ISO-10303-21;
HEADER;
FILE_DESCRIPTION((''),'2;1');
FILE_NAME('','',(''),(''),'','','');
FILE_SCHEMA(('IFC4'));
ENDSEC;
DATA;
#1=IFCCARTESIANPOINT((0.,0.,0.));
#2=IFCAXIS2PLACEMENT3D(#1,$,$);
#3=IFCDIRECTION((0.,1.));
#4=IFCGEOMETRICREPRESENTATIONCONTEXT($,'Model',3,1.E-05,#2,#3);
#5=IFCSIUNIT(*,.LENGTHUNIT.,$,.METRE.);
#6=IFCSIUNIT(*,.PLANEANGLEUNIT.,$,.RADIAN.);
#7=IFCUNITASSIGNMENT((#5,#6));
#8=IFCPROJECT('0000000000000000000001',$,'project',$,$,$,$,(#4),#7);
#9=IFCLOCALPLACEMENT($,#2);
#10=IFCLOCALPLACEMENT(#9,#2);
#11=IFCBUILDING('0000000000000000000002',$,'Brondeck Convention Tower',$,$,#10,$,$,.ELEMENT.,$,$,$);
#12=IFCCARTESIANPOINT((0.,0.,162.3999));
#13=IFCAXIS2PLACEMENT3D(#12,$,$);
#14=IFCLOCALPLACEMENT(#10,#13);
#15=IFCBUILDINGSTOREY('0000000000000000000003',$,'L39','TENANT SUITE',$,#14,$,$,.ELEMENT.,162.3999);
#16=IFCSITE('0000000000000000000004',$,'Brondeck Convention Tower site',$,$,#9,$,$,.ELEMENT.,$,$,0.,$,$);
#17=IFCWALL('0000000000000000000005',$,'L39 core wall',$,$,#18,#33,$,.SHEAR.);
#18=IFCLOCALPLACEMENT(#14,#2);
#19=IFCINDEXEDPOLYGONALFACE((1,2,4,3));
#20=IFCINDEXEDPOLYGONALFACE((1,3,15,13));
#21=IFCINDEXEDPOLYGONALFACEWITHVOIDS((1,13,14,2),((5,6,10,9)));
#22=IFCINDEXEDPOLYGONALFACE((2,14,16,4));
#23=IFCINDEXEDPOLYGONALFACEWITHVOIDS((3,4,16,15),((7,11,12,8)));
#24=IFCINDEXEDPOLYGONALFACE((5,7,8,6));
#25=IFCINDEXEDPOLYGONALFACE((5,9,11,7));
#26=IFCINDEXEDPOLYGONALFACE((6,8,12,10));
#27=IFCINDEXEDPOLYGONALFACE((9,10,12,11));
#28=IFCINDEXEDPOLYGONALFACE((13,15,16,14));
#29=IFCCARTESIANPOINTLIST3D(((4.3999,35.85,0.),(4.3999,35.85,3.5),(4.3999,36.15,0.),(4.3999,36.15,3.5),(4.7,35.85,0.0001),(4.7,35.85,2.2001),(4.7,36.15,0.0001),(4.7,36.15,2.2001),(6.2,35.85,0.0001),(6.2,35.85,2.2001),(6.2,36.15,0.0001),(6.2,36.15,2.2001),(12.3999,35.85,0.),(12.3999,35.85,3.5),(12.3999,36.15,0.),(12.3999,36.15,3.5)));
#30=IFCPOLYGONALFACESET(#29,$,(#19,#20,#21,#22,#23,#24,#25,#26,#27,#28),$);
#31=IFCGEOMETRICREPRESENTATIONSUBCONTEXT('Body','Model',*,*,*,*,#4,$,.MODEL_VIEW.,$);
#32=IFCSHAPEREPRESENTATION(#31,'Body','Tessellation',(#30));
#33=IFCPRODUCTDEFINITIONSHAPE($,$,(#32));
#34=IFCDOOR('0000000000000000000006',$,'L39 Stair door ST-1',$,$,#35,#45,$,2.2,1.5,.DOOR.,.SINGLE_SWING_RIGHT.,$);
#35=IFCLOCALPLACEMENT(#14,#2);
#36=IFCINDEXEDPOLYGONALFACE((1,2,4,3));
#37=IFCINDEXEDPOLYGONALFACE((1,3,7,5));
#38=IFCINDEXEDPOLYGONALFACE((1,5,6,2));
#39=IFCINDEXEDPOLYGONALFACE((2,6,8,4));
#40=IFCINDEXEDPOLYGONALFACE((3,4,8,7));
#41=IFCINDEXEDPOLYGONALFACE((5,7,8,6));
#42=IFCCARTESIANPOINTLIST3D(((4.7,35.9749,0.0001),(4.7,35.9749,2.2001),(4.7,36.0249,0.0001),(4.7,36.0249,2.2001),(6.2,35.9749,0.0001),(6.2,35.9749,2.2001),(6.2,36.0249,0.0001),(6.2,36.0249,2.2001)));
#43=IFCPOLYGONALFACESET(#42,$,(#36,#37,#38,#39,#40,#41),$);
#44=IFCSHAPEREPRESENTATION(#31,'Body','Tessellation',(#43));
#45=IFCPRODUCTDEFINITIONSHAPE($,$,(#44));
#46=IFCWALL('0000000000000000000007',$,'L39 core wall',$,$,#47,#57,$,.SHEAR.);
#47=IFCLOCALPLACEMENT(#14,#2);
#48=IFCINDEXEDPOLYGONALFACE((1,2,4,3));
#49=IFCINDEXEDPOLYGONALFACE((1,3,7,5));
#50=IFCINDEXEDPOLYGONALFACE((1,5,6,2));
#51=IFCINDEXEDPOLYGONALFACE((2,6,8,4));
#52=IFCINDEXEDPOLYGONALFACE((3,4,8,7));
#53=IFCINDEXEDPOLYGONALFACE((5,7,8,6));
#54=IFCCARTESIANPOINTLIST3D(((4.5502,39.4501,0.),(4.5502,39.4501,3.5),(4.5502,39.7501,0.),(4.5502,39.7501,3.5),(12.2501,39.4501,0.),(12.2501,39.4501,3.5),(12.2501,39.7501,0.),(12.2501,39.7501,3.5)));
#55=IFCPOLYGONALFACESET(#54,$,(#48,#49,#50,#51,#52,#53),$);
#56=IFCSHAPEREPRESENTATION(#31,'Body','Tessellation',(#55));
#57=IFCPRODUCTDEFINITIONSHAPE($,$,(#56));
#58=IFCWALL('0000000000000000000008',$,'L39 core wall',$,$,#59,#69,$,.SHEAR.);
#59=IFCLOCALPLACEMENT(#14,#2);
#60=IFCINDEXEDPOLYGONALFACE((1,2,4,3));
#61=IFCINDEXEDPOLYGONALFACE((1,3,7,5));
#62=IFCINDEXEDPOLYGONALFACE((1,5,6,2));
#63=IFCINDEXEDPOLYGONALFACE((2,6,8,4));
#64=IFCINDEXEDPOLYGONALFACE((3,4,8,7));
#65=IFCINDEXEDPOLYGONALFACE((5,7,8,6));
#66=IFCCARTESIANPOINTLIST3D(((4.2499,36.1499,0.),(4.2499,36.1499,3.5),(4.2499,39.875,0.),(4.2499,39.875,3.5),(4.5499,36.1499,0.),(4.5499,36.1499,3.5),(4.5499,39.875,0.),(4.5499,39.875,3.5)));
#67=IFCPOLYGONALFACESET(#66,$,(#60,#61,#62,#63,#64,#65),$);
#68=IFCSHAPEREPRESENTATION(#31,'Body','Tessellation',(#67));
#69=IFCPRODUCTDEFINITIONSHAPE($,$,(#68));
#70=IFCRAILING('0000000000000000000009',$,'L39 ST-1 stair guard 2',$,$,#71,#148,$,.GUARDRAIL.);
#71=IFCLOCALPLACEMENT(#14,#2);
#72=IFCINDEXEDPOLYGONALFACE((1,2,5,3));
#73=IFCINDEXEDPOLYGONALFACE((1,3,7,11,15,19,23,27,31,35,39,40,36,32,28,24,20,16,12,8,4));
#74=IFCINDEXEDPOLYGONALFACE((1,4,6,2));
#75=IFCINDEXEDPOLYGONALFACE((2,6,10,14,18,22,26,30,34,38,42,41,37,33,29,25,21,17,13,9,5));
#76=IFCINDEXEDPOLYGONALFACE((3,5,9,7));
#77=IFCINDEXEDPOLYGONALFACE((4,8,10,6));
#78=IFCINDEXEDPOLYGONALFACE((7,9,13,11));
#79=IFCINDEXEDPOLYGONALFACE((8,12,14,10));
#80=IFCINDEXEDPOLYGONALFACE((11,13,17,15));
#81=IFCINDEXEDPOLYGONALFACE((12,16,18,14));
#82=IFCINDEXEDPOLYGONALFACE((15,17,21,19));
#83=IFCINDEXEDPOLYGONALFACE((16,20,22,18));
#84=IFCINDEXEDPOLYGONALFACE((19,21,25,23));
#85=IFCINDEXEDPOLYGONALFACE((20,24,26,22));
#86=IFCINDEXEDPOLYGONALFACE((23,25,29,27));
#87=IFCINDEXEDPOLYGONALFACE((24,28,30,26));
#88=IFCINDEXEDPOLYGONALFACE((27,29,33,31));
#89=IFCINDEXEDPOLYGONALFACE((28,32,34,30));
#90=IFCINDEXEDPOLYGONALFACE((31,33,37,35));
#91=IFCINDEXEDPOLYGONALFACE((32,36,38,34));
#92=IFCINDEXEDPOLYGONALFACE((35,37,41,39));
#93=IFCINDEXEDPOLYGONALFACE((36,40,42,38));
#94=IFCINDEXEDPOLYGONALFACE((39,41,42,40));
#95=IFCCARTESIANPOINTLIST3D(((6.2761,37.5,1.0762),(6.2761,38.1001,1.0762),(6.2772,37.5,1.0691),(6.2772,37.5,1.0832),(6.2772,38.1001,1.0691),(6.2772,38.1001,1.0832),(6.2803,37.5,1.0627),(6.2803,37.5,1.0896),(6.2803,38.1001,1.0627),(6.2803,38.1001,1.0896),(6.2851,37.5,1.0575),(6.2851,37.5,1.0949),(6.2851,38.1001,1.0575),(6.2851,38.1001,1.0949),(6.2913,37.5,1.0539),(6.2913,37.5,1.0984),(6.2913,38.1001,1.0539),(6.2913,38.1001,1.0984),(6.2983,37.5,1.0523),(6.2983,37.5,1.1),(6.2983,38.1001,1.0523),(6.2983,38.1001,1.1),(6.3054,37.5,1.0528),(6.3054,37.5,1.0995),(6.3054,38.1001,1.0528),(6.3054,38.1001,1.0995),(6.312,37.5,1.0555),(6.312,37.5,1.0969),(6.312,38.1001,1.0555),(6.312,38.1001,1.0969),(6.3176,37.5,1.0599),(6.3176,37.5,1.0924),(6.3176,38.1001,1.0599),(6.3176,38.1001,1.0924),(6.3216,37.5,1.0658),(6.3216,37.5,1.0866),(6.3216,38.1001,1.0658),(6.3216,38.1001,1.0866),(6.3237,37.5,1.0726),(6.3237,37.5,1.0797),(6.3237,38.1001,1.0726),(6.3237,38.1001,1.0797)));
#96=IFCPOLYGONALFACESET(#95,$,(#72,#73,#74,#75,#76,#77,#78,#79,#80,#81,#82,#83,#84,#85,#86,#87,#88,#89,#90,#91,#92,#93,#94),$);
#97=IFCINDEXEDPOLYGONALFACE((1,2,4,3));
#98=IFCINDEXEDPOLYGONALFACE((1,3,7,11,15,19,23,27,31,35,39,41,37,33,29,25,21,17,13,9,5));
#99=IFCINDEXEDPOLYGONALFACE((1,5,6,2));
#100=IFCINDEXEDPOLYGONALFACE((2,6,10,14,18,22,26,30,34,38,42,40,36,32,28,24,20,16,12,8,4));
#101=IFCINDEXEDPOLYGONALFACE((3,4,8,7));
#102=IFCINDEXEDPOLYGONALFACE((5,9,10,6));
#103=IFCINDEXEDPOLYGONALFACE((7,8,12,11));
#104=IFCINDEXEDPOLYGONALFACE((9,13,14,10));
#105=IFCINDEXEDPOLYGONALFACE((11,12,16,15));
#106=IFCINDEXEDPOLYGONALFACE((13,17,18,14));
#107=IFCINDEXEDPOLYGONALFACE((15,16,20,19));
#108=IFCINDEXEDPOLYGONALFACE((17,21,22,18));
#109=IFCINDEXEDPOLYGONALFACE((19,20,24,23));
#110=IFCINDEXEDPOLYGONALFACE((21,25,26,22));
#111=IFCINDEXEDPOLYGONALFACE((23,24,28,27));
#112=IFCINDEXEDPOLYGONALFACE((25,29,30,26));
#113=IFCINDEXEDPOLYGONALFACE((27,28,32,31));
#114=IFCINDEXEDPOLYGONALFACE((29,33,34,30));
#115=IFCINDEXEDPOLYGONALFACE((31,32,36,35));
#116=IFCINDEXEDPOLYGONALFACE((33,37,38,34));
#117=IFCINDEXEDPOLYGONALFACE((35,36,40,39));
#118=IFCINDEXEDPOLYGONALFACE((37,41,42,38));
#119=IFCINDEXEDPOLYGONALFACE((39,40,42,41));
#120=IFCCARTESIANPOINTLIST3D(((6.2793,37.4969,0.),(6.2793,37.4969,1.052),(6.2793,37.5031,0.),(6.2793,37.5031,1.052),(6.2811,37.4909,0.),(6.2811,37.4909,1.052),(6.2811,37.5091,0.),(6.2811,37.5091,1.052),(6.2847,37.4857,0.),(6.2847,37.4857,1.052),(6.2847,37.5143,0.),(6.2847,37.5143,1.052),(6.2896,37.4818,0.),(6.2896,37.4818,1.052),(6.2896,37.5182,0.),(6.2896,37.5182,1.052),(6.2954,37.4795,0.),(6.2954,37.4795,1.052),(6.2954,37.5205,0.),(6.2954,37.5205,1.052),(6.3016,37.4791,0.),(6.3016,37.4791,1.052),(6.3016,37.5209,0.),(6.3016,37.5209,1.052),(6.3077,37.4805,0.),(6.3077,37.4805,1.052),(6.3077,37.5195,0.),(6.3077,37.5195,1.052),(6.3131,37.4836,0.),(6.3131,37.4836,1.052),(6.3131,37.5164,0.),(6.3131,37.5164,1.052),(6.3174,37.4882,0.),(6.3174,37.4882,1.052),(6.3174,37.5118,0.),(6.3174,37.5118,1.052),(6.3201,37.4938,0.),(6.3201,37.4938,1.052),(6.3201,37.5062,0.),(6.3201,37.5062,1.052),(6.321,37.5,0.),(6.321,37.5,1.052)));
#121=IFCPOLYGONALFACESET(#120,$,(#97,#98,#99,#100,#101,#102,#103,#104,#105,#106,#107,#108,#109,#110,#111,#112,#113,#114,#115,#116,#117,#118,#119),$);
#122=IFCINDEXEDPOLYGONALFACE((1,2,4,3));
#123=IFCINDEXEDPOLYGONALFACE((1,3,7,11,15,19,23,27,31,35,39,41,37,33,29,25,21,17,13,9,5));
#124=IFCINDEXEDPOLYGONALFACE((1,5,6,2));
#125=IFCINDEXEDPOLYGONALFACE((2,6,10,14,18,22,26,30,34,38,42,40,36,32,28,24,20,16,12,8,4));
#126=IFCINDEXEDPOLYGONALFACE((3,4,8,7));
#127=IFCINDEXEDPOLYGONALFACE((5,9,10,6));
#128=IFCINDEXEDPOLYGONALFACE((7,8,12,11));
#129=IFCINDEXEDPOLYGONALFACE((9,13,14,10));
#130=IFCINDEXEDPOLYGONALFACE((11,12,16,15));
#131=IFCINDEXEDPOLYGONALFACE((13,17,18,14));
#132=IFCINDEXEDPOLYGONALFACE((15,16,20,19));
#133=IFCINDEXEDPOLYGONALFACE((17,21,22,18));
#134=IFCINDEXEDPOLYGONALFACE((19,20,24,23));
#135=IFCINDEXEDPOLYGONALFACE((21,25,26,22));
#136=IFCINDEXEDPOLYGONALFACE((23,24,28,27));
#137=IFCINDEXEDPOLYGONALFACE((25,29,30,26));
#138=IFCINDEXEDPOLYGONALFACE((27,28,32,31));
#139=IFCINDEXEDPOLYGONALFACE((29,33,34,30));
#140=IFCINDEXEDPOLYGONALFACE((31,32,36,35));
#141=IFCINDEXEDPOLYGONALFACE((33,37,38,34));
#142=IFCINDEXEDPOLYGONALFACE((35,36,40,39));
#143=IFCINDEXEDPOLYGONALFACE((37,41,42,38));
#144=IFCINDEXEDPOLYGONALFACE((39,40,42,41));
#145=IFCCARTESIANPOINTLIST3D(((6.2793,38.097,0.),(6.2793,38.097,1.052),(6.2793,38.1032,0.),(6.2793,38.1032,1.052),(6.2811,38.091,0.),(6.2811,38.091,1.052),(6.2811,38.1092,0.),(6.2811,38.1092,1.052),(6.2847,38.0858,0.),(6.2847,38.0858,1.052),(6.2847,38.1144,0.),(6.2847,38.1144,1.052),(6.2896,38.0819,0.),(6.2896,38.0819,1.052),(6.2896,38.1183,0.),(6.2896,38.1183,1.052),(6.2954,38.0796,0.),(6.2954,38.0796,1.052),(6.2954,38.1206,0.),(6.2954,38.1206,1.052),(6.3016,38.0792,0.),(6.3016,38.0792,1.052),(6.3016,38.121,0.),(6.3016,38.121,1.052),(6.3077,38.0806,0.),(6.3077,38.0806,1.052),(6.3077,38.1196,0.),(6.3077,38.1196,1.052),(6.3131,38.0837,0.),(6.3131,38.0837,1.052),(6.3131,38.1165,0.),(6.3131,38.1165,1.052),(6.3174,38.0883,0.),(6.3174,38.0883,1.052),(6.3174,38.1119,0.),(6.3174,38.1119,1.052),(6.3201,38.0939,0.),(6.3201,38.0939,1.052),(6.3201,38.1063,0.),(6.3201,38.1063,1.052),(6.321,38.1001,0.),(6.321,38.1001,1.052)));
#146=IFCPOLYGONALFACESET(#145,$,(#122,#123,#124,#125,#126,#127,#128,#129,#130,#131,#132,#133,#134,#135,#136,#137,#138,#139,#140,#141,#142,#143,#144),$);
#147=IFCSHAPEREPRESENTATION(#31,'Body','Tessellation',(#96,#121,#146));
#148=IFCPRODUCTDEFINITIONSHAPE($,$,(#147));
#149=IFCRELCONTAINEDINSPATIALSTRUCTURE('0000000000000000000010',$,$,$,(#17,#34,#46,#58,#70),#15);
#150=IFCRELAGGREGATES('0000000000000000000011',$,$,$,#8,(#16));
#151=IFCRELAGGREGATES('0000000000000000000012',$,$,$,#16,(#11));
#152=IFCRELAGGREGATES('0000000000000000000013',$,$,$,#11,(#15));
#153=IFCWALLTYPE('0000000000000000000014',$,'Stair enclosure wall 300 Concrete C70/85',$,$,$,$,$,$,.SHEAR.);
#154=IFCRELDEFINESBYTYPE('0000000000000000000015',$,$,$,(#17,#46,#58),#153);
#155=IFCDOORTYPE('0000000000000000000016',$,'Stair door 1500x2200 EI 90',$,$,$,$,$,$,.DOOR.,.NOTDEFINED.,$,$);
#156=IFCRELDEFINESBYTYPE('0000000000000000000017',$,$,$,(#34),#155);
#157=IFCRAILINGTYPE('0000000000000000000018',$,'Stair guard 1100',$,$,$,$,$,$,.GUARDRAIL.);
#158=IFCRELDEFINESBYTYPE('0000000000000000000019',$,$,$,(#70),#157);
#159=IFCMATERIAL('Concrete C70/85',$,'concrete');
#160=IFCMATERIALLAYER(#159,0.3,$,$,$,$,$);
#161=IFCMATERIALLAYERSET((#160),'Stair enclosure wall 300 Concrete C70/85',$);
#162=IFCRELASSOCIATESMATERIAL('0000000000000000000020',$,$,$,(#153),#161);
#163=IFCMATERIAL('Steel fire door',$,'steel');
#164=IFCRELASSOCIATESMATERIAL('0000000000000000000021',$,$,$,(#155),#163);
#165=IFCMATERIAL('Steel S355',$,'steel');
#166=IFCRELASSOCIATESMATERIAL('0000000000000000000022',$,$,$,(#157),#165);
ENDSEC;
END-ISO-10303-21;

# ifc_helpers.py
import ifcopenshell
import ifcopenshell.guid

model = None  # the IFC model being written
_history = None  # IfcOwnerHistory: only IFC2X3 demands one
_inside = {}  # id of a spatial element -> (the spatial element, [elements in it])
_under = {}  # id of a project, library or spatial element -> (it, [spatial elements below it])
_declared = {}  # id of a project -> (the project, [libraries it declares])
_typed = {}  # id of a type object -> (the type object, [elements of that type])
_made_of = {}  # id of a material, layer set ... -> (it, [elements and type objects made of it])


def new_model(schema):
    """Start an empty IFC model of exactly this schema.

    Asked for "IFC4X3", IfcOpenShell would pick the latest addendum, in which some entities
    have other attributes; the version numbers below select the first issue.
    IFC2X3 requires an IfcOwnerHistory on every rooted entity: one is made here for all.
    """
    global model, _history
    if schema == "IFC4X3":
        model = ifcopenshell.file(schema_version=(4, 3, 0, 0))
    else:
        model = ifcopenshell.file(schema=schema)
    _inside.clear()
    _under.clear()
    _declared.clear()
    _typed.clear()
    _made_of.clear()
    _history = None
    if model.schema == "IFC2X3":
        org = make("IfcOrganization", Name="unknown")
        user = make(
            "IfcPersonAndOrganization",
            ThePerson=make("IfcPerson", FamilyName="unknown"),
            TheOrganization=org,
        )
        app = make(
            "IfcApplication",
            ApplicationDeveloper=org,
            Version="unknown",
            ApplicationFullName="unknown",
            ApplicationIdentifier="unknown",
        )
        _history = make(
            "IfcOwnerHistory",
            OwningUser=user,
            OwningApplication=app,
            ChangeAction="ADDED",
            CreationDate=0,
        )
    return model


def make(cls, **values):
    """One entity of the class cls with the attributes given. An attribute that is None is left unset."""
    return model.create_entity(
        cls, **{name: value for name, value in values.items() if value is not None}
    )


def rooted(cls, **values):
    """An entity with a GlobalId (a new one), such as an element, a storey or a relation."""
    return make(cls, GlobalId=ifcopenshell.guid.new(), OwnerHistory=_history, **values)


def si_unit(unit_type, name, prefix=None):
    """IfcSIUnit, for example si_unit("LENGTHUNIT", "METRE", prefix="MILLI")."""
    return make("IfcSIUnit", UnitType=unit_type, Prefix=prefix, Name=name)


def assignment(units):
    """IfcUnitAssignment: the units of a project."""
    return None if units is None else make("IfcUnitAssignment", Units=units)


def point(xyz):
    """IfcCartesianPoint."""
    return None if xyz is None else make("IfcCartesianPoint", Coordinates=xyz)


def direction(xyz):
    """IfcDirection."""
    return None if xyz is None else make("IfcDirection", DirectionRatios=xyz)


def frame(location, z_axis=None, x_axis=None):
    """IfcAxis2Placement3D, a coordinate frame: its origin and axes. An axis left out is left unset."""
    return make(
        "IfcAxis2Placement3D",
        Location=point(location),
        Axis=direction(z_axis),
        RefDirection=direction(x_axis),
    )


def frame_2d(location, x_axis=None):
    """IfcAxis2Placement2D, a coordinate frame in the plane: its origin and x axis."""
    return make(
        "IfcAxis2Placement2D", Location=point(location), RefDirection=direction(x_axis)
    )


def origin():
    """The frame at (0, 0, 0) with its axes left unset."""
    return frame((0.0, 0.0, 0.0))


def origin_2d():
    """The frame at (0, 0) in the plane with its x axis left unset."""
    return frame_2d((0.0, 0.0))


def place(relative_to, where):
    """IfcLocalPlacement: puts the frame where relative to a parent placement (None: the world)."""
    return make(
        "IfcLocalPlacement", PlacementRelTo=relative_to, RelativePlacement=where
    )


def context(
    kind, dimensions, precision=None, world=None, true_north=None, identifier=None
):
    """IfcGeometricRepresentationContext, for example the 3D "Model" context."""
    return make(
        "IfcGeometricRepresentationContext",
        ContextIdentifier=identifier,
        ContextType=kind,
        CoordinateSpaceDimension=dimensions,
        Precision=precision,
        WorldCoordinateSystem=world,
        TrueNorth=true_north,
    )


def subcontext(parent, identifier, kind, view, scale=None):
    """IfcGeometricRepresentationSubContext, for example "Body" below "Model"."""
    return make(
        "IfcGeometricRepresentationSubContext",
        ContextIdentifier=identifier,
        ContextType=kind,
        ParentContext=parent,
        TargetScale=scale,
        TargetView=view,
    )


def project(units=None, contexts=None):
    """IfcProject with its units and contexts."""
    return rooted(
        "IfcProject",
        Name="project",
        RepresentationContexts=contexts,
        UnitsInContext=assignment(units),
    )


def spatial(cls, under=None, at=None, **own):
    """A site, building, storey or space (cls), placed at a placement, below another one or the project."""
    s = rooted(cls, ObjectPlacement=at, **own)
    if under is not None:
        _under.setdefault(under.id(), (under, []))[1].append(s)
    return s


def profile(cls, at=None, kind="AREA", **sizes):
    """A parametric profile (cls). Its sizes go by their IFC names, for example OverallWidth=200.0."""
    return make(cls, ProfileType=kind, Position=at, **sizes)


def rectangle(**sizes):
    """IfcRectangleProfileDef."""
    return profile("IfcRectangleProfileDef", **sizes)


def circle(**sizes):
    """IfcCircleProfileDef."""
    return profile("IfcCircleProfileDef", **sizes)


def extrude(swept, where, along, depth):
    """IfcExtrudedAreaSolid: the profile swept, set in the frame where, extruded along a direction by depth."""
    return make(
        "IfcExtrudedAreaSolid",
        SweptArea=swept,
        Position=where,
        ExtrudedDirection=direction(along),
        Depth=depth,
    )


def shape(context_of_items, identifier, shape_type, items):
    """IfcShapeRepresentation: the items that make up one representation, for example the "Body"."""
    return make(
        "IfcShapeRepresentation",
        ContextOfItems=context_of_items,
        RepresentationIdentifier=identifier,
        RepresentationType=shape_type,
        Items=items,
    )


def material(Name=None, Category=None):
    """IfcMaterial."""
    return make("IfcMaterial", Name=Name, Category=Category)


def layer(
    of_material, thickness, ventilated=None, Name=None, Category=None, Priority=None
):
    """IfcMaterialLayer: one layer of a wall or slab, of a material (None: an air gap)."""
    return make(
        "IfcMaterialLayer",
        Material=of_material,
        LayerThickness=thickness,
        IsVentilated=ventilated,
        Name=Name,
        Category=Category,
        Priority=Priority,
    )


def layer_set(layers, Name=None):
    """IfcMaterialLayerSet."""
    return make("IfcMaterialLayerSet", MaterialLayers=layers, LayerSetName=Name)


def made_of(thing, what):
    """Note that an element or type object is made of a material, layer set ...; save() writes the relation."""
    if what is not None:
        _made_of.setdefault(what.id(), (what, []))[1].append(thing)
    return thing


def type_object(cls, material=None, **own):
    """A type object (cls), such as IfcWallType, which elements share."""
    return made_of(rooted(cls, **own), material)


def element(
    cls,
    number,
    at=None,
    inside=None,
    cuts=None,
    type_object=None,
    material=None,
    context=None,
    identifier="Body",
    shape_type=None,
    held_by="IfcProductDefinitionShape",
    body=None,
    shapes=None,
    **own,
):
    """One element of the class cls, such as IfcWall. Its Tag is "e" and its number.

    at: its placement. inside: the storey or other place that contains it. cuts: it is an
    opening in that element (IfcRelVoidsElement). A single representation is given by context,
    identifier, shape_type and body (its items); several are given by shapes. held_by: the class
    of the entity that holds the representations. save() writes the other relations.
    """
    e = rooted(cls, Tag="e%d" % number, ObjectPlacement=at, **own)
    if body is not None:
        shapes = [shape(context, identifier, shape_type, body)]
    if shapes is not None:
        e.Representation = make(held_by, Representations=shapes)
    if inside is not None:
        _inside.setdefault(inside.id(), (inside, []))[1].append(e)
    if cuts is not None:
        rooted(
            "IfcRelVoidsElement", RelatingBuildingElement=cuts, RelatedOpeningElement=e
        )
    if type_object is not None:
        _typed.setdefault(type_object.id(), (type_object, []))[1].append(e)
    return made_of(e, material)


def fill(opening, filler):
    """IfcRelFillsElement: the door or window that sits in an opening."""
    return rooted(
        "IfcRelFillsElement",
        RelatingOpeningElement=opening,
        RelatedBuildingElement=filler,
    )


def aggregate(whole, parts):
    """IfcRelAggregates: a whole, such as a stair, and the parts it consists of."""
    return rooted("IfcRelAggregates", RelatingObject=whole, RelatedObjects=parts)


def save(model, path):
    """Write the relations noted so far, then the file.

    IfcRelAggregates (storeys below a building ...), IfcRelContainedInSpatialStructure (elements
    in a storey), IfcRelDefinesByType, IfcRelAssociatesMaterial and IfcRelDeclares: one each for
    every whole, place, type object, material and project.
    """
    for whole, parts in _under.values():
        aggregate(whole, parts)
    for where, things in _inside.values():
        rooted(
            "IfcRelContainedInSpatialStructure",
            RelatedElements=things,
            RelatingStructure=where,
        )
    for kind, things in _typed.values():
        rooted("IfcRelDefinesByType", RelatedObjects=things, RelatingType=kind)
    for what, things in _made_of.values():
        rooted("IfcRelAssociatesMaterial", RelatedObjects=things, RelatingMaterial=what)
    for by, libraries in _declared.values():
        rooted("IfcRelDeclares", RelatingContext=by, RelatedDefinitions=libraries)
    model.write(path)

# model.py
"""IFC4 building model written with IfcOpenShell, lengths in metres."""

from ifc_helpers import new_model, si_unit, direction, frame, frame_2d, origin, origin_2d, place, context, subcontext, project, spatial, rectangle, circle, extrude, material, layer, layer_set, type_object, element, fill, save


model = new_model("IFC4")

# Units and contexts
model_context = context("Model", 3, precision=1e-05, world=origin(), true_north=direction((0.0, 1.0)))
body_context = subcontext(model_context, "Body", "Model", "MODEL_VIEW")
ifc_project = project(units=[si_unit("LENGTHUNIT", "METRE"), si_unit("PLANEANGLEUNIT", "RADIAN")], contexts=[model_context])

# Site, building, storey
site_placement = place(None, origin())
site = spatial("IfcSite", under=ifc_project, at=site_placement, Name="Brondeck Convention Tower site", CompositionType="ELEMENT", RefElevation=0.0)
building_placement = place(site_placement, origin())
building = spatial("IfcBuilding", under=site, at=building_placement, Name="Brondeck Convention Tower", CompositionType="ELEMENT")
storey_placement = place(building_placement, frame((0.0, 0.0, 162.3999)))
storey = spatial("IfcBuildingStorey", under=building, at=storey_placement, Name="L39", Description="TENANT SUITE", CompositionType="ELEMENT", Elevation=162.3999)

# Shared definitions
ifc_material_1 = material(Name="Concrete C70/85", Category="concrete")

# Wall, opening, door
ifc_material_2 = material(Name="Steel fire door", Category="steel")
ifc_layer_1 = layer(ifc_material_1, 0.3)
ifc_layer_set_1 = layer_set([ifc_layer_1], Name="Stair enclosure wall 300 Concrete C70/85")
wall_type_1 = type_object("IfcWallType", Name="Stair enclosure wall 300 Concrete C70/85", PredefinedType="SHEAR", material=ifc_layer_set_1)
wall_1_placement = place(storey_placement, frame((4.3999, 36.0, 0.0), z_axis=(0.0, 0.0, 1.0), x_axis=(1.0, 0.0, 0.0)))
wall_1 = element("IfcWall", 1, at=wall_1_placement, inside=storey, type_object=wall_type_1, Name="L39 core wall", PredefinedType="SHEAR", context=body_context, shape_type="SweptSolid", body=[
    extrude(rectangle(XDim=8.0, YDim=0.3, at=frame_2d((4.0, 0.0))), origin(), (0.0, 0.0, 1.0), 3.5),
])
opening_1_placement = place(wall_1_placement, frame((0.3, 0.0, 0.0)))
opening_1 = element("IfcOpeningElement", 2, at=opening_1_placement, cuts=wall_1, PredefinedType="OPENING", context=body_context, shape_type="SweptSolid", body=[
    extrude(rectangle(XDim=1.5, YDim=2.2, at=frame_2d((0.75, 1.1001))), frame((0.0, 0.1599, 0.0), z_axis=(0.0, -1.0, 0.0), x_axis=(1.0, 0.0, 0.0)), (0.0, 0.0, 1.0), 0.3201),
])
door_type_1 = type_object("IfcDoorType", Name="Stair door 1500x2200 EI 90", OperationType="NOTDEFINED", PredefinedType="DOOR", material=ifc_material_2)
door_1_placement = place(opening_1_placement, origin())
door_1 = element("IfcDoor", 3, at=door_1_placement, inside=storey, type_object=door_type_1, Name="L39 Stair door ST-1", OperationType="SINGLE_SWING_RIGHT", OverallHeight=2.2, OverallWidth=1.5, PredefinedType="DOOR", context=body_context, shape_type="SweptSolid", body=[
    extrude(rectangle(XDim=1.5, YDim=2.2, at=frame_2d((0.75, 1.1001))), frame((0.0, 0.0249, 0.0), z_axis=(0.0, -1.0, 0.0), x_axis=(1.0, 0.0, 0.0)), (0.0, 0.0, 1.0), 0.05),
])
fill(opening_1, door_1)

# Walls
wall_2_placement = place(storey_placement, frame((4.55, 39.6001, 0.0), z_axis=(0.0, 0.0, 1.0), x_axis=(1.0, 0.0, 0.0)))
element("IfcWall", 4, at=wall_2_placement, inside=storey, type_object=wall_type_1, Name="L39 core wall", PredefinedType="SHEAR", context=body_context, shape_type="SweptSolid", body=[
    extrude(rectangle(XDim=7.7, YDim=0.3, at=frame_2d((3.8501, 0.0))), origin(), (0.0, 0.0, 1.0), 3.5),
])
wall_3_placement = place(storey_placement, frame((4.3999, 36.1499, 0.0), z_axis=(0.0, 0.0, 1.0), x_axis=(0.0, 1.0, 0.0)))
element("IfcWall", 5, at=wall_3_placement, inside=storey, type_object=wall_type_1, Name="L39 core wall", PredefinedType="SHEAR", context=body_context, shape_type="SweptSolid", body=[
    extrude(rectangle(XDim=3.7251, YDim=0.3, at=frame_2d((1.8625, 0.0))), origin(), (0.0, 0.0, 1.0), 3.5),
])

# Railing
ifc_material_3 = material(Name="Steel S355", Category="steel")
railing_type = type_object("IfcRailingType", Name="Stair guard 1100", PredefinedType="GUARDRAIL", material=ifc_material_3)
railing_placement = place(storey_placement, frame((6.3, 37.5, 0.0)))
element("IfcRailing", 6, at=railing_placement, inside=storey, type_object=railing_type, Name="L39 ST-1 stair guard 2", PredefinedType="GUARDRAIL", context=body_context, shape_type="SweptSolid", body=[
    extrude(circle(Radius=0.0239, at=origin_2d()), frame((0.0, 0.0, 1.0762), z_axis=(0.0, 1.0, 0.0), x_axis=(-1.0, 0.0, 0.0)), (0.0, 0.0, 1.0), 0.6001),
    extrude(circle(Radius=0.021, at=origin_2d()), origin(), (0.0, 0.0, 1.0), 1.052),
    extrude(circle(Radius=0.021, at=origin_2d()), frame((0.0, 0.6001, 0.0)), (0.0, 0.0, 1.0), 1.052),
])

save(model, "model.ifc")
